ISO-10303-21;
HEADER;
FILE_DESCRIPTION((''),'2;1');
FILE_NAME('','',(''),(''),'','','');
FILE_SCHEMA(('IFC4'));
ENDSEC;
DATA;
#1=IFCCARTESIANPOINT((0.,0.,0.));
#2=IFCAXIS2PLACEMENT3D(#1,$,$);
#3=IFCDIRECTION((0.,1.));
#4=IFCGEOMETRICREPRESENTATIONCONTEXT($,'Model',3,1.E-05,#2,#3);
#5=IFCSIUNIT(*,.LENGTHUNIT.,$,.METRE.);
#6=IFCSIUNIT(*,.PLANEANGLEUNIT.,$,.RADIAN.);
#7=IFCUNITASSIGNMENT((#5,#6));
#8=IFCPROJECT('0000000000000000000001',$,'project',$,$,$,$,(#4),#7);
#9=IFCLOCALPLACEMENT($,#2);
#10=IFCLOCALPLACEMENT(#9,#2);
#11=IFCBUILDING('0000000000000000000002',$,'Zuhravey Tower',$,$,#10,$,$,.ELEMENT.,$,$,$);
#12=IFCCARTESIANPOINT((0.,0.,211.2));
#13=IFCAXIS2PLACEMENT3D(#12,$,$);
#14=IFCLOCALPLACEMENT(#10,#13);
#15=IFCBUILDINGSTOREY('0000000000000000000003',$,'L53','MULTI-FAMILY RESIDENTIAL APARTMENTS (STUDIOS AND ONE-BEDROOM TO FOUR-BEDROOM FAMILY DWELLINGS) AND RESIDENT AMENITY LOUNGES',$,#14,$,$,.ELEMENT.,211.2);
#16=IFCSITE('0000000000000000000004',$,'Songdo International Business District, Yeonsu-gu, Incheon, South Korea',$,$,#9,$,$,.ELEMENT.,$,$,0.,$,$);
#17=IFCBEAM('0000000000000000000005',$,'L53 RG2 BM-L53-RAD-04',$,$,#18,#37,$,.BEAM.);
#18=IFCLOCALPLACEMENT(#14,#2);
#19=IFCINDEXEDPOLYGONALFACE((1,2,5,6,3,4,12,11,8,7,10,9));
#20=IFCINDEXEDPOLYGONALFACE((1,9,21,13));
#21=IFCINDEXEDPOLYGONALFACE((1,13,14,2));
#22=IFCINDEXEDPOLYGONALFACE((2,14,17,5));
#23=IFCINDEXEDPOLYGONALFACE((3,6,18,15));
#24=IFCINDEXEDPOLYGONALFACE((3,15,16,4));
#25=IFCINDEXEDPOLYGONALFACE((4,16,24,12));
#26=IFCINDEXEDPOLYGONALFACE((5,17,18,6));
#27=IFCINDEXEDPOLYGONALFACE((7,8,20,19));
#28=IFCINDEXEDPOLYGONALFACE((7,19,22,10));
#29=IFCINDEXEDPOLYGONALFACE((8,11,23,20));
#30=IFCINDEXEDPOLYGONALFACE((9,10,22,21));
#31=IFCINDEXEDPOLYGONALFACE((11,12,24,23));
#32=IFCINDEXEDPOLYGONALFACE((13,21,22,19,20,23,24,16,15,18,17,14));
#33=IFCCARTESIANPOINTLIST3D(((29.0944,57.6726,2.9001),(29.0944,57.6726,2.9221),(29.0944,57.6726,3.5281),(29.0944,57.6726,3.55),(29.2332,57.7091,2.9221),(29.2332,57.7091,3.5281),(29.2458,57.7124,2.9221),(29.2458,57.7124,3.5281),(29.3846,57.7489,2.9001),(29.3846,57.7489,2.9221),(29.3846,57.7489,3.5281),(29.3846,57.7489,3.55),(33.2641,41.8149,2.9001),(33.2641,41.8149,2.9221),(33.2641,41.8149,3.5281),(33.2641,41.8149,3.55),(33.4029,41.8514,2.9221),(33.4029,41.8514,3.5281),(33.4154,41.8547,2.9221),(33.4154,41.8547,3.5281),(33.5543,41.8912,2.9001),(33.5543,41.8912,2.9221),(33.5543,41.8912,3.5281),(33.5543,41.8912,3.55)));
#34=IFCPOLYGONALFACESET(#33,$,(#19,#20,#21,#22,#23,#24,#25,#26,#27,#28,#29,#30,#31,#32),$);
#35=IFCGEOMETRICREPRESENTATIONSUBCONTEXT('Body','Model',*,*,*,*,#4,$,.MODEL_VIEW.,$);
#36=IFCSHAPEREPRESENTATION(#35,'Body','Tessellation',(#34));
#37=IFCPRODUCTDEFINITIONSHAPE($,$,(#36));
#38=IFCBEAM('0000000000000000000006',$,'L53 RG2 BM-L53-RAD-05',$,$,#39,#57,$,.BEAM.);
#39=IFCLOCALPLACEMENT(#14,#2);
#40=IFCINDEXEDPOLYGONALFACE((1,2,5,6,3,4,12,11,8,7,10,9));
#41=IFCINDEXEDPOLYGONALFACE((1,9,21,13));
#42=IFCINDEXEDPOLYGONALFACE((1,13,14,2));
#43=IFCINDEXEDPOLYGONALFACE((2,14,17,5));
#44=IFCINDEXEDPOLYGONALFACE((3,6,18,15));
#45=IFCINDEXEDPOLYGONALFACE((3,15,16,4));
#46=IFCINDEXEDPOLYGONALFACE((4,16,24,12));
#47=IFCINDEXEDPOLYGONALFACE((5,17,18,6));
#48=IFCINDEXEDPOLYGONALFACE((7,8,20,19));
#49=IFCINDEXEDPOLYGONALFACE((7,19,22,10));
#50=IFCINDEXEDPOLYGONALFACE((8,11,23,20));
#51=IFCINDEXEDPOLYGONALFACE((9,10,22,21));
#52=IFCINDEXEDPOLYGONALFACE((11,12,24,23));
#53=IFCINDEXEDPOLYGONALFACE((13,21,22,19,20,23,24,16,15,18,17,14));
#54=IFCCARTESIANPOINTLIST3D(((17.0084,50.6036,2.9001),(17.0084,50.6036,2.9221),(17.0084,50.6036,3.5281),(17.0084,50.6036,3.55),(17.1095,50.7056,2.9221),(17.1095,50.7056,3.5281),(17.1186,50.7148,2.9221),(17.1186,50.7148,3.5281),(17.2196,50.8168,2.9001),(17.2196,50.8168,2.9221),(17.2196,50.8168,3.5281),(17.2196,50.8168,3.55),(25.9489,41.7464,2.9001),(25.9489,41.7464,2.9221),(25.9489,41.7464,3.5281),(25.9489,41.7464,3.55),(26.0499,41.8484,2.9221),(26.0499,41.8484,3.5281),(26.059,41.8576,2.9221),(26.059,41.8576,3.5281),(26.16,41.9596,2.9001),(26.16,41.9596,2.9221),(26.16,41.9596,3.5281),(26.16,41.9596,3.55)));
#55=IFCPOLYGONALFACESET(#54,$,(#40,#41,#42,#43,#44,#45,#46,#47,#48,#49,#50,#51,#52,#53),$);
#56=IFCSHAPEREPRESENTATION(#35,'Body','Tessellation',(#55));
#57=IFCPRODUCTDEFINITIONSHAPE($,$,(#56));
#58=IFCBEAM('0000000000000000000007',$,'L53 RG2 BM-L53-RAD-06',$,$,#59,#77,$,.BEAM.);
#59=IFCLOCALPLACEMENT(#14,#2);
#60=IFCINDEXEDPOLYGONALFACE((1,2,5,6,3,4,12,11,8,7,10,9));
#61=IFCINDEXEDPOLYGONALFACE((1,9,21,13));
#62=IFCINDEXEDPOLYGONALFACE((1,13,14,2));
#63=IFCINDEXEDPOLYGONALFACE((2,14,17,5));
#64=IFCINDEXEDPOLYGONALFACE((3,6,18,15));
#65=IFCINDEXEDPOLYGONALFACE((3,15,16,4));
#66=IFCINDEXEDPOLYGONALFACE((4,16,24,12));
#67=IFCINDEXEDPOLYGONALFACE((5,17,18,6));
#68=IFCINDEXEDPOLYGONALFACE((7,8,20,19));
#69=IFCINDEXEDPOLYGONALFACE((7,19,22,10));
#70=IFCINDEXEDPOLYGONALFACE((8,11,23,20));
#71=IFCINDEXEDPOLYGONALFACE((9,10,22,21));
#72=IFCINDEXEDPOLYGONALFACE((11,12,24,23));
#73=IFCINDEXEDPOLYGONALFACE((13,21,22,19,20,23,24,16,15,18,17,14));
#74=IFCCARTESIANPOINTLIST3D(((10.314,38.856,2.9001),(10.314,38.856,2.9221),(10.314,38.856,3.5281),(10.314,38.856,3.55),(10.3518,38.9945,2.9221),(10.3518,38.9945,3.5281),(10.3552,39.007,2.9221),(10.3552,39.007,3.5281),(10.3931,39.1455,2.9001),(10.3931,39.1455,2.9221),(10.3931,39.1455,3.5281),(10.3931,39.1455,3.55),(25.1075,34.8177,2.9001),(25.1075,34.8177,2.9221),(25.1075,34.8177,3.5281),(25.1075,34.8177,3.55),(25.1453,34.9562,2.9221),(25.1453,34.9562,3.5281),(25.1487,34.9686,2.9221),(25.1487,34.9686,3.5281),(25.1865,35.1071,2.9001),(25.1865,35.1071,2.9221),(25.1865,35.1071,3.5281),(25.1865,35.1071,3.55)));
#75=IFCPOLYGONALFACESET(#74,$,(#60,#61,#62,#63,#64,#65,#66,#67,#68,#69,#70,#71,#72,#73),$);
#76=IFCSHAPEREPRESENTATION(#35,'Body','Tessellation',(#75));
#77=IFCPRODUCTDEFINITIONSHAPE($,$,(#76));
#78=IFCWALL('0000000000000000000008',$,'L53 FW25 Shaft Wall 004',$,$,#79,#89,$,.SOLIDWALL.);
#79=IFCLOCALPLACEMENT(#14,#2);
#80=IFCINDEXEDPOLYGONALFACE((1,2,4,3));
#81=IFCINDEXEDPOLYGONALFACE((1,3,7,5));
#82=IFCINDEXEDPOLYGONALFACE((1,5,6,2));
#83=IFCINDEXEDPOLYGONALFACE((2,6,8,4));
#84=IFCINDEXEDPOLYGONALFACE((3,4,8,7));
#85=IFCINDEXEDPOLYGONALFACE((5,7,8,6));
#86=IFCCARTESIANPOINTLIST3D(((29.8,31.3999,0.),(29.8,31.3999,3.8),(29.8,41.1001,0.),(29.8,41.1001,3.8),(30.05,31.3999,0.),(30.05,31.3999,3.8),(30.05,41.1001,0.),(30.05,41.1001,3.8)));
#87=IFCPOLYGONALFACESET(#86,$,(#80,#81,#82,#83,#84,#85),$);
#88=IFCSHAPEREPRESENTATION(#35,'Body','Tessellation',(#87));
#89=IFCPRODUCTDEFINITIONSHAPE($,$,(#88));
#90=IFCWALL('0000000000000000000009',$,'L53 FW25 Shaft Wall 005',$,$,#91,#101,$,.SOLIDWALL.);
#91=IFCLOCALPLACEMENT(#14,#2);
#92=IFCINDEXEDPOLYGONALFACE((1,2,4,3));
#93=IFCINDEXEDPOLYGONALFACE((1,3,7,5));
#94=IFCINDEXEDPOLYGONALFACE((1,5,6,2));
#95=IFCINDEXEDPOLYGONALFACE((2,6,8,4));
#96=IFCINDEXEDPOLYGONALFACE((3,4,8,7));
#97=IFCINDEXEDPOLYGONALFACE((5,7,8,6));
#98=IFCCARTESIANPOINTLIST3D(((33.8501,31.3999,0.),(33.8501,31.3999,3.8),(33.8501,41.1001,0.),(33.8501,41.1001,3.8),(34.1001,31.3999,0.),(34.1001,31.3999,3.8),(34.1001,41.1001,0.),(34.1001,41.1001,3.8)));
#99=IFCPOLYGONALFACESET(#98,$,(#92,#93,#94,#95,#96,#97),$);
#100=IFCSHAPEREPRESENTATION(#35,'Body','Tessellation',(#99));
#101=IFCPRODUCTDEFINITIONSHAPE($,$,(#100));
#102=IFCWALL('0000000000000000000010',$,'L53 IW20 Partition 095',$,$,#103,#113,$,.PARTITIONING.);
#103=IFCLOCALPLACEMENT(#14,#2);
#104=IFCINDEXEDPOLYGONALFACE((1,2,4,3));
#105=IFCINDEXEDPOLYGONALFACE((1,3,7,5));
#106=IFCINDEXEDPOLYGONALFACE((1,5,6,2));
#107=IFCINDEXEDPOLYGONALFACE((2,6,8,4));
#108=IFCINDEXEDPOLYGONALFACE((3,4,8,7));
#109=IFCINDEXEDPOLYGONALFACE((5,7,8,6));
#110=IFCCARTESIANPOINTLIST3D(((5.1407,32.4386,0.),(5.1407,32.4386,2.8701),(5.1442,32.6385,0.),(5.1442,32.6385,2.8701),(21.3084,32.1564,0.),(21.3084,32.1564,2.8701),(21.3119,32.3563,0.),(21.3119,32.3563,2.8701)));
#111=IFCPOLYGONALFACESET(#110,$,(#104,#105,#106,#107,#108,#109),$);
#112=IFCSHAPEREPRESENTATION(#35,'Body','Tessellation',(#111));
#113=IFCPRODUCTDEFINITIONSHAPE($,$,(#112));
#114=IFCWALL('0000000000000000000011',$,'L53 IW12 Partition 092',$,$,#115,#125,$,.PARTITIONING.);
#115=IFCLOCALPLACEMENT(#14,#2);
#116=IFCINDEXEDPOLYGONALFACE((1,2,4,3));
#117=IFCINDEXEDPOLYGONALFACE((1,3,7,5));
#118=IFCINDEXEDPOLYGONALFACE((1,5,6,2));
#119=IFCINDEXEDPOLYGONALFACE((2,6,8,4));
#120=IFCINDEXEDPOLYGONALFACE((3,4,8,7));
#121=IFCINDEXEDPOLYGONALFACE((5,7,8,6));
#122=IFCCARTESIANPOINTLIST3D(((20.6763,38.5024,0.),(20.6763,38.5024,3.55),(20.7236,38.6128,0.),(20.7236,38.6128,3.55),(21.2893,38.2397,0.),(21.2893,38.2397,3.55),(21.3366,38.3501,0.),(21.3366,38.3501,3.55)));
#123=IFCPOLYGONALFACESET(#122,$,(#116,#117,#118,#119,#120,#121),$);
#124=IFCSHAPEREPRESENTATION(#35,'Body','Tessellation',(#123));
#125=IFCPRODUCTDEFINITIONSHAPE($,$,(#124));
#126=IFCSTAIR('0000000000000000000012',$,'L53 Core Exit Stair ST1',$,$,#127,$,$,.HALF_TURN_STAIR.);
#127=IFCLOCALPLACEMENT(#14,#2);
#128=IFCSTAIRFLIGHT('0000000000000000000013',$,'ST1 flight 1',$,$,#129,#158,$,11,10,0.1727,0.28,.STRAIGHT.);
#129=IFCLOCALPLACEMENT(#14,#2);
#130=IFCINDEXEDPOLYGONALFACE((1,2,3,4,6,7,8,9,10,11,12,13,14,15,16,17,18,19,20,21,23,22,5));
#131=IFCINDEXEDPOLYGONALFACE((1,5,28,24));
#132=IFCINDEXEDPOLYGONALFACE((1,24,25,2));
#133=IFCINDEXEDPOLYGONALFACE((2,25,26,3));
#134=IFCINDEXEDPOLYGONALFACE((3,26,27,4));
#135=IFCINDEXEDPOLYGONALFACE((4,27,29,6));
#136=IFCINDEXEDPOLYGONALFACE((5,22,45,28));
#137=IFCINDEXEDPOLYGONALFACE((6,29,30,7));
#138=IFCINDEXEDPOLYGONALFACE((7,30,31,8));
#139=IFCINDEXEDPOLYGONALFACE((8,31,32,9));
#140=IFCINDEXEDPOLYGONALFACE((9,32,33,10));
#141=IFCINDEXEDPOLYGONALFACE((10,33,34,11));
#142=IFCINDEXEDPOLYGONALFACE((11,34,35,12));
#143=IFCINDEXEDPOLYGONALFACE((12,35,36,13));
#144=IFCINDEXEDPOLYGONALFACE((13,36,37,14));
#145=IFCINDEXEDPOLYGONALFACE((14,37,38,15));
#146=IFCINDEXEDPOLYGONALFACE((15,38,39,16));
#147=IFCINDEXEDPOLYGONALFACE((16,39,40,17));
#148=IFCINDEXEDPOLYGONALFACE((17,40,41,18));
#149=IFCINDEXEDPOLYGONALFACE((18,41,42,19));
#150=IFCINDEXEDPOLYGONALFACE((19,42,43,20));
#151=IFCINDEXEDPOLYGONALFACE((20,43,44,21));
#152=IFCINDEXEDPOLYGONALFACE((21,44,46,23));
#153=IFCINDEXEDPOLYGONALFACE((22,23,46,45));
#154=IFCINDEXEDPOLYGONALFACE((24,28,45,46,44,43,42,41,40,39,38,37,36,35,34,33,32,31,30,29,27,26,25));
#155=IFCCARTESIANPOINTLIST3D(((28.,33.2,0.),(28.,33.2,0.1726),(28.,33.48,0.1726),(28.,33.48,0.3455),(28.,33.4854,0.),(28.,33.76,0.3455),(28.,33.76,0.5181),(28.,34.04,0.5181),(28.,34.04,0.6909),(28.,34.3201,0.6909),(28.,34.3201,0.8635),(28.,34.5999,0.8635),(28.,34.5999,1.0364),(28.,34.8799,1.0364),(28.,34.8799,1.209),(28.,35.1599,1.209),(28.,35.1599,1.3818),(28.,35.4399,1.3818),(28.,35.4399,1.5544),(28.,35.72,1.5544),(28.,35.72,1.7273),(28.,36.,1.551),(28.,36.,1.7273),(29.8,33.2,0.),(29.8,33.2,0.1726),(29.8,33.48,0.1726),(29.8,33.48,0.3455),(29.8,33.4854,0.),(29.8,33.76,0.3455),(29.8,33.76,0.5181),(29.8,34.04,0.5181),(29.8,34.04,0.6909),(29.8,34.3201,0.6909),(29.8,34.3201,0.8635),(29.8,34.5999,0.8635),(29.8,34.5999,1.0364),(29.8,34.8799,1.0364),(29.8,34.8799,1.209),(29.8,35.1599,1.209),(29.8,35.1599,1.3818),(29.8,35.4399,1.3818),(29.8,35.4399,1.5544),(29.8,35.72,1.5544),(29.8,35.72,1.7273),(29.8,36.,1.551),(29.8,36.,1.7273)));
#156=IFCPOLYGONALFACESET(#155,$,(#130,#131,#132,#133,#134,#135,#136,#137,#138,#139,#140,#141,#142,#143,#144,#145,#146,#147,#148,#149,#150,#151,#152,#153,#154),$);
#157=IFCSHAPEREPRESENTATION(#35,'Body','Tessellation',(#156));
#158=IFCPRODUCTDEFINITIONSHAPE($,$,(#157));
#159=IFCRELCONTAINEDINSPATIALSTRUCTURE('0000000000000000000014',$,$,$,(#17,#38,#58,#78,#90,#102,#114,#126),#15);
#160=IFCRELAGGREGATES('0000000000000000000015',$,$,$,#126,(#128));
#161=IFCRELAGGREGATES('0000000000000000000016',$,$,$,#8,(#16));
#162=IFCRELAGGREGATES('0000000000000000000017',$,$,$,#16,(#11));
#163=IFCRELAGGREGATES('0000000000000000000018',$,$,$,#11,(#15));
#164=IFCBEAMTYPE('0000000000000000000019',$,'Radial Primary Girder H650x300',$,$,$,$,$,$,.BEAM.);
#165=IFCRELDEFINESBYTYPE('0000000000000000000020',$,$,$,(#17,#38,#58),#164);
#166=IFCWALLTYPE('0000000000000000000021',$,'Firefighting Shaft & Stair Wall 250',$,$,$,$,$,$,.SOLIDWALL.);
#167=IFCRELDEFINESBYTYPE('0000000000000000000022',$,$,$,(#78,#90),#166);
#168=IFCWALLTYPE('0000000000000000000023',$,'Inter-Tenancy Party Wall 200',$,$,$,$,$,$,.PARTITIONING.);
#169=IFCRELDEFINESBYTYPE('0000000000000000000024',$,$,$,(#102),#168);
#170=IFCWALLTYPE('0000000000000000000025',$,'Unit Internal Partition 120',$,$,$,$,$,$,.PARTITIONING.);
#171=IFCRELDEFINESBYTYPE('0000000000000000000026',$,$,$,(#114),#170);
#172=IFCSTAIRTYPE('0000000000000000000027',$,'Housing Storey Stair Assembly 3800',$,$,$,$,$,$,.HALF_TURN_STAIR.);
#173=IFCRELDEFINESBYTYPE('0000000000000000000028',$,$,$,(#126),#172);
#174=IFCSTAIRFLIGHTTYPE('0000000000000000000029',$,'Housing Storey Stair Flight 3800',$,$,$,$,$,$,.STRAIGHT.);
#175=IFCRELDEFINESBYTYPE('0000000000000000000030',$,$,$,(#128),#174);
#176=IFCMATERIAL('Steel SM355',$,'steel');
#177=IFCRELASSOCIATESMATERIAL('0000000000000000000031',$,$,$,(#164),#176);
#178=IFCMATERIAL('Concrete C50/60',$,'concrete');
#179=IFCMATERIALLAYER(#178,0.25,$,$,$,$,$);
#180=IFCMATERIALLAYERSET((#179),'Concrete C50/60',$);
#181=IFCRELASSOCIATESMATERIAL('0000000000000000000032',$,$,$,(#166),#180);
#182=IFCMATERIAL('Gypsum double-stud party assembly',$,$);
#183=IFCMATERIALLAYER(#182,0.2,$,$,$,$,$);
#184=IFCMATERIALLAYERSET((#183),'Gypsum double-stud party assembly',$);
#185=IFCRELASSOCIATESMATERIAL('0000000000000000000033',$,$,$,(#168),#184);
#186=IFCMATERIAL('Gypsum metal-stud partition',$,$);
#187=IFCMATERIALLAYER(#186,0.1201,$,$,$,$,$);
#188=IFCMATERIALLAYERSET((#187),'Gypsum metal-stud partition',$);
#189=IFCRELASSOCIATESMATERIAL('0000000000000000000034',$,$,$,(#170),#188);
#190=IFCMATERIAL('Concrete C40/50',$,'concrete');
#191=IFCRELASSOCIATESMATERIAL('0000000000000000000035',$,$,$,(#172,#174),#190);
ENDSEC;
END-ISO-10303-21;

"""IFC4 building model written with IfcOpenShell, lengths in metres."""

from ifc_helpers import new_model, si_unit, direction, frame, frame_2d, origin, origin_2d, place, context, subcontext, project, spatial, polyline, rectangle, i_section, outline, extrude, material, layer, layer_set, material_profile, profile_set, type_object, element, aggregate, save


model = new_model("IFC4")

# Units and contexts
model_context = context("Model", 3, precision=1e-05, world=origin(), true_north=direction((0.0, 1.0)))
body_context = subcontext(model_context, "Body", "Model", "MODEL_VIEW")
ifc_project = project(units=[si_unit("LENGTHUNIT", "METRE"), si_unit("PLANEANGLEUNIT", "RADIAN")], contexts=[model_context])

# Site, building, storey
site_placement = place(None, origin())
site = spatial("IfcSite", under=ifc_project, at=site_placement, Name="Songdo International Business District, Yeonsu-gu, Incheon, South Korea", CompositionType="ELEMENT", RefElevation=0.0)
building_placement = place(site_placement, origin())
building = spatial("IfcBuilding", under=site, at=building_placement, Name="Zuhravey Tower", CompositionType="ELEMENT")
storey_placement = place(building_placement, frame((0.0, 0.0, 211.2)))
storey = spatial("IfcBuildingStorey", under=building, at=storey_placement, Name="L53", Description="MULTI-FAMILY RESIDENTIAL APARTMENTS (STUDIOS AND ONE-BEDROOM TO FOUR-BEDROOM FAMILY DWELLINGS) AND RESIDENT AMENITY LOUNGES", CompositionType="ELEMENT", Elevation=211.2)

# Beams
ifc_material_1 = material(Name="Steel SM355", Category="steel")
ifc_material_profile = material_profile(ifc_material_1, i_section(OverallWidth=0.3, OverallDepth=0.6499, WebThickness=0.0129, FlangeThickness=0.022, at=origin_2d()), Name="H-650x300x13x22")
ifc_profile_set = profile_set([ifc_material_profile], Name="Steel SM355")
beam_type = type_object("IfcBeamType", Name="Radial Primary Girder H650x300", PredefinedType="BEAM", material=ifc_profile_set)
beam_1_placement = place(storey_placement, frame((33.4092, 41.853, 3.2251), z_axis=(-0.2543, 0.967125, 0.0), x_axis=(-0.967125, -0.2543, 0.0)))
element("IfcBeam", 1, at=beam_1_placement, inside=storey, type_object=beam_type, Name="L53 RG2 BM-L53-RAD-04", PredefinedType="BEAM", context=body_context, shape_type="SweptSolid", body=[
    extrude(i_section(OverallWidth=0.3, OverallDepth=0.6499, WebThickness=0.0129, FlangeThickness=0.022, at=origin_2d()), origin(), (0.0, 0.0, 1.0), 16.3967),
])
beam_2_placement = place(storey_placement, frame((26.0544, 41.853, 3.2251), z_axis=(-0.710407, 0.703791, 0.0), x_axis=(-0.703791, -0.710407, 0.0)))
element("IfcBeam", 2, at=beam_2_placement, inside=storey, type_object=beam_type, Name="L53 RG2 BM-L53-RAD-05", PredefinedType="BEAM", context=body_context, shape_type="SweptSolid", body=[
    extrude(i_section(OverallWidth=0.3, OverallDepth=0.6499, WebThickness=0.0129, FlangeThickness=0.022, at=origin_2d()), origin(), (0.0, 0.0, 1.0), 12.585),
])
beam_3_placement = place(storey_placement, frame((25.147, 34.9624, 3.2251), z_axis=(-0.964702, 0.263345, 0.0), x_axis=(-0.263345, -0.964702, 0.0)))
element("IfcBeam", 3, at=beam_3_placement, inside=storey, type_object=beam_type, Name="L53 RG2 BM-L53-RAD-06", PredefinedType="BEAM", context=body_context, shape_type="SweptSolid", body=[
    extrude(i_section(OverallWidth=0.3, OverallDepth=0.6499, WebThickness=0.0129, FlangeThickness=0.022, at=origin_2d()), origin(), (0.0, 0.0, 1.0), 15.3347),
])

# Walls
ifc_material_2 = material(Name="Concrete C50/60", Category="concrete")
ifc_layer_1 = layer(ifc_material_2, 0.25)
ifc_layer_set_1 = layer_set([ifc_layer_1], Name="Concrete C50/60")
wall_type_1 = type_object("IfcWallType", Name="Firefighting Shaft & Stair Wall 250", PredefinedType="SOLIDWALL", material=ifc_layer_set_1)
for number, where, z_axis, x_axis, name in (
    (4, (29.925, 31.3999, 0.0), (0.0, 0.0, 1.0), (0.0, 1.0, 0.0), "L53 FW25 Shaft Wall 004"),
    (5, (33.9751, 31.3999, 0.0), (0.0, 0.0, 1.0), (0.0, 1.0, 0.0), "L53 FW25 Shaft Wall 005"),
):
    element("IfcWall", number, at=place(storey_placement, frame(where, z_axis=z_axis, x_axis=x_axis)), inside=storey, type_object=wall_type_1, Name=name, PredefinedType="SOLIDWALL", context=body_context, shape_type="SweptSolid", body=[
        extrude(rectangle(XDim=9.7002, YDim=0.25, at=frame_2d((4.8501, 0.0))), origin(), (0.0, 0.0, 1.0), 3.8),
    ])
ifc_material_3 = material(Name="Gypsum double-stud party assembly")
ifc_layer_2 = layer(ifc_material_3, 0.2)
ifc_layer_set_2 = layer_set([ifc_layer_2], Name="Gypsum double-stud party assembly")
wall_type_2 = type_object("IfcWallType", Name="Inter-Tenancy Party Wall 200", PredefinedType="PARTITIONING", material=ifc_layer_set_2)
wall_1_placement = place(storey_placement, frame((21.3101, 32.2563, 0.0), z_axis=(0.0, 0.0, 1.0), x_axis=(-0.999848, 0.017454, 0.0)))
element("IfcWall", 6, at=wall_1_placement, inside=storey, type_object=wall_type_2, Name="L53 IW20 Partition 095", PredefinedType="PARTITIONING", context=body_context, shape_type="SweptSolid", body=[
    extrude(rectangle(XDim=16.1702, YDim=0.2, at=frame_2d((8.085, 0.0))), origin(), (0.0, 0.0, 1.0), 2.8701),
])
ifc_material_4 = material(Name="Gypsum metal-stud partition")
ifc_layer_3 = layer(ifc_material_4, 0.1201)
ifc_layer_set_3 = layer_set([ifc_layer_3], Name="Gypsum metal-stud partition")
wall_type_3 = type_object("IfcWallType", Name="Unit Internal Partition 120", PredefinedType="PARTITIONING", material=ifc_layer_set_3)
wall_2_placement = place(storey_placement, frame((21.313, 38.2949, 0.0), z_axis=(0.0, 0.0, 1.0), x_axis=(-0.919164, 0.393875, 0.0)))
element("IfcWall", 7, at=wall_2_placement, inside=storey, type_object=wall_type_3, Name="L53 IW12 Partition 092", PredefinedType="PARTITIONING", context=body_context, shape_type="SweptSolid", body=[
    extrude(rectangle(XDim=0.667, YDim=0.1201, at=frame_2d((0.3335, 0.0))), origin(), (0.0, 0.0, 1.0), 3.55),
])

# Stair, stair flight
ifc_material_5 = material(Name="Concrete C40/50", Category="concrete")
stair_type = type_object("IfcStairType", Name="Housing Storey Stair Assembly 3800", PredefinedType="HALF_TURN_STAIR", material=ifc_material_5)
stair_1_placement = place(storey_placement, origin())
stair_1 = element("IfcStair", 8, at=stair_1_placement, inside=storey, type_object=stair_type, Name="L53 Core Exit Stair ST1", PredefinedType="HALF_TURN_STAIR")
stair_flight_type = type_object("IfcStairFlightType", Name="Housing Storey Stair Flight 3800", PredefinedType="STRAIGHT", material=ifc_material_5)
stair_flight_1_placement = place(storey_placement, frame((28.8999, 33.2, 0.0), z_axis=(0.0, 0.0, 1.0), x_axis=(0.0, 1.0, 0.0)))
stair_flight_1 = element("IfcStairFlight", 9, at=stair_flight_1_placement, type_object=stair_flight_type, Name="ST1 flight 1", NumberOfRisers=11, NumberOfTreads=10, PredefinedType="STRAIGHT", RiserHeight=0.1727, TreadLength=0.28, context=body_context, shape_type="SweptSolid", body=[
    extrude(outline(polyline([(0.0, 0.0), (0.0, 0.1726), (0.28, 0.1726), (0.28, 0.3455), (0.5601, 0.3455), (0.5601, 0.5181), (0.8401, 0.5181), (0.8401, 0.6909), (1.1201, 0.6909), (1.1201, 0.8635), (1.3999, 0.8635), (1.3999, 1.0364), (1.6799, 1.0364), (1.6799, 1.209), (1.96, 1.209), (1.96, 1.3818), (2.24, 1.3818), (2.24, 1.5544), (2.52, 1.5544), (2.52, 1.7273), (2.8, 1.7273), (2.8, 1.8999), (2.8, 1.551), (0.2854, 0.0), (0.0, 0.0)])), frame((0.0, 0.8999, 0.0), z_axis=(0.0, -1.0, 0.0), x_axis=(1.0, 0.0, 0.0)), (0.0, 0.0, 1.0), 1.8),
])
aggregate(stair_1, [stair_flight_1])

save(model, "model.ifc")
